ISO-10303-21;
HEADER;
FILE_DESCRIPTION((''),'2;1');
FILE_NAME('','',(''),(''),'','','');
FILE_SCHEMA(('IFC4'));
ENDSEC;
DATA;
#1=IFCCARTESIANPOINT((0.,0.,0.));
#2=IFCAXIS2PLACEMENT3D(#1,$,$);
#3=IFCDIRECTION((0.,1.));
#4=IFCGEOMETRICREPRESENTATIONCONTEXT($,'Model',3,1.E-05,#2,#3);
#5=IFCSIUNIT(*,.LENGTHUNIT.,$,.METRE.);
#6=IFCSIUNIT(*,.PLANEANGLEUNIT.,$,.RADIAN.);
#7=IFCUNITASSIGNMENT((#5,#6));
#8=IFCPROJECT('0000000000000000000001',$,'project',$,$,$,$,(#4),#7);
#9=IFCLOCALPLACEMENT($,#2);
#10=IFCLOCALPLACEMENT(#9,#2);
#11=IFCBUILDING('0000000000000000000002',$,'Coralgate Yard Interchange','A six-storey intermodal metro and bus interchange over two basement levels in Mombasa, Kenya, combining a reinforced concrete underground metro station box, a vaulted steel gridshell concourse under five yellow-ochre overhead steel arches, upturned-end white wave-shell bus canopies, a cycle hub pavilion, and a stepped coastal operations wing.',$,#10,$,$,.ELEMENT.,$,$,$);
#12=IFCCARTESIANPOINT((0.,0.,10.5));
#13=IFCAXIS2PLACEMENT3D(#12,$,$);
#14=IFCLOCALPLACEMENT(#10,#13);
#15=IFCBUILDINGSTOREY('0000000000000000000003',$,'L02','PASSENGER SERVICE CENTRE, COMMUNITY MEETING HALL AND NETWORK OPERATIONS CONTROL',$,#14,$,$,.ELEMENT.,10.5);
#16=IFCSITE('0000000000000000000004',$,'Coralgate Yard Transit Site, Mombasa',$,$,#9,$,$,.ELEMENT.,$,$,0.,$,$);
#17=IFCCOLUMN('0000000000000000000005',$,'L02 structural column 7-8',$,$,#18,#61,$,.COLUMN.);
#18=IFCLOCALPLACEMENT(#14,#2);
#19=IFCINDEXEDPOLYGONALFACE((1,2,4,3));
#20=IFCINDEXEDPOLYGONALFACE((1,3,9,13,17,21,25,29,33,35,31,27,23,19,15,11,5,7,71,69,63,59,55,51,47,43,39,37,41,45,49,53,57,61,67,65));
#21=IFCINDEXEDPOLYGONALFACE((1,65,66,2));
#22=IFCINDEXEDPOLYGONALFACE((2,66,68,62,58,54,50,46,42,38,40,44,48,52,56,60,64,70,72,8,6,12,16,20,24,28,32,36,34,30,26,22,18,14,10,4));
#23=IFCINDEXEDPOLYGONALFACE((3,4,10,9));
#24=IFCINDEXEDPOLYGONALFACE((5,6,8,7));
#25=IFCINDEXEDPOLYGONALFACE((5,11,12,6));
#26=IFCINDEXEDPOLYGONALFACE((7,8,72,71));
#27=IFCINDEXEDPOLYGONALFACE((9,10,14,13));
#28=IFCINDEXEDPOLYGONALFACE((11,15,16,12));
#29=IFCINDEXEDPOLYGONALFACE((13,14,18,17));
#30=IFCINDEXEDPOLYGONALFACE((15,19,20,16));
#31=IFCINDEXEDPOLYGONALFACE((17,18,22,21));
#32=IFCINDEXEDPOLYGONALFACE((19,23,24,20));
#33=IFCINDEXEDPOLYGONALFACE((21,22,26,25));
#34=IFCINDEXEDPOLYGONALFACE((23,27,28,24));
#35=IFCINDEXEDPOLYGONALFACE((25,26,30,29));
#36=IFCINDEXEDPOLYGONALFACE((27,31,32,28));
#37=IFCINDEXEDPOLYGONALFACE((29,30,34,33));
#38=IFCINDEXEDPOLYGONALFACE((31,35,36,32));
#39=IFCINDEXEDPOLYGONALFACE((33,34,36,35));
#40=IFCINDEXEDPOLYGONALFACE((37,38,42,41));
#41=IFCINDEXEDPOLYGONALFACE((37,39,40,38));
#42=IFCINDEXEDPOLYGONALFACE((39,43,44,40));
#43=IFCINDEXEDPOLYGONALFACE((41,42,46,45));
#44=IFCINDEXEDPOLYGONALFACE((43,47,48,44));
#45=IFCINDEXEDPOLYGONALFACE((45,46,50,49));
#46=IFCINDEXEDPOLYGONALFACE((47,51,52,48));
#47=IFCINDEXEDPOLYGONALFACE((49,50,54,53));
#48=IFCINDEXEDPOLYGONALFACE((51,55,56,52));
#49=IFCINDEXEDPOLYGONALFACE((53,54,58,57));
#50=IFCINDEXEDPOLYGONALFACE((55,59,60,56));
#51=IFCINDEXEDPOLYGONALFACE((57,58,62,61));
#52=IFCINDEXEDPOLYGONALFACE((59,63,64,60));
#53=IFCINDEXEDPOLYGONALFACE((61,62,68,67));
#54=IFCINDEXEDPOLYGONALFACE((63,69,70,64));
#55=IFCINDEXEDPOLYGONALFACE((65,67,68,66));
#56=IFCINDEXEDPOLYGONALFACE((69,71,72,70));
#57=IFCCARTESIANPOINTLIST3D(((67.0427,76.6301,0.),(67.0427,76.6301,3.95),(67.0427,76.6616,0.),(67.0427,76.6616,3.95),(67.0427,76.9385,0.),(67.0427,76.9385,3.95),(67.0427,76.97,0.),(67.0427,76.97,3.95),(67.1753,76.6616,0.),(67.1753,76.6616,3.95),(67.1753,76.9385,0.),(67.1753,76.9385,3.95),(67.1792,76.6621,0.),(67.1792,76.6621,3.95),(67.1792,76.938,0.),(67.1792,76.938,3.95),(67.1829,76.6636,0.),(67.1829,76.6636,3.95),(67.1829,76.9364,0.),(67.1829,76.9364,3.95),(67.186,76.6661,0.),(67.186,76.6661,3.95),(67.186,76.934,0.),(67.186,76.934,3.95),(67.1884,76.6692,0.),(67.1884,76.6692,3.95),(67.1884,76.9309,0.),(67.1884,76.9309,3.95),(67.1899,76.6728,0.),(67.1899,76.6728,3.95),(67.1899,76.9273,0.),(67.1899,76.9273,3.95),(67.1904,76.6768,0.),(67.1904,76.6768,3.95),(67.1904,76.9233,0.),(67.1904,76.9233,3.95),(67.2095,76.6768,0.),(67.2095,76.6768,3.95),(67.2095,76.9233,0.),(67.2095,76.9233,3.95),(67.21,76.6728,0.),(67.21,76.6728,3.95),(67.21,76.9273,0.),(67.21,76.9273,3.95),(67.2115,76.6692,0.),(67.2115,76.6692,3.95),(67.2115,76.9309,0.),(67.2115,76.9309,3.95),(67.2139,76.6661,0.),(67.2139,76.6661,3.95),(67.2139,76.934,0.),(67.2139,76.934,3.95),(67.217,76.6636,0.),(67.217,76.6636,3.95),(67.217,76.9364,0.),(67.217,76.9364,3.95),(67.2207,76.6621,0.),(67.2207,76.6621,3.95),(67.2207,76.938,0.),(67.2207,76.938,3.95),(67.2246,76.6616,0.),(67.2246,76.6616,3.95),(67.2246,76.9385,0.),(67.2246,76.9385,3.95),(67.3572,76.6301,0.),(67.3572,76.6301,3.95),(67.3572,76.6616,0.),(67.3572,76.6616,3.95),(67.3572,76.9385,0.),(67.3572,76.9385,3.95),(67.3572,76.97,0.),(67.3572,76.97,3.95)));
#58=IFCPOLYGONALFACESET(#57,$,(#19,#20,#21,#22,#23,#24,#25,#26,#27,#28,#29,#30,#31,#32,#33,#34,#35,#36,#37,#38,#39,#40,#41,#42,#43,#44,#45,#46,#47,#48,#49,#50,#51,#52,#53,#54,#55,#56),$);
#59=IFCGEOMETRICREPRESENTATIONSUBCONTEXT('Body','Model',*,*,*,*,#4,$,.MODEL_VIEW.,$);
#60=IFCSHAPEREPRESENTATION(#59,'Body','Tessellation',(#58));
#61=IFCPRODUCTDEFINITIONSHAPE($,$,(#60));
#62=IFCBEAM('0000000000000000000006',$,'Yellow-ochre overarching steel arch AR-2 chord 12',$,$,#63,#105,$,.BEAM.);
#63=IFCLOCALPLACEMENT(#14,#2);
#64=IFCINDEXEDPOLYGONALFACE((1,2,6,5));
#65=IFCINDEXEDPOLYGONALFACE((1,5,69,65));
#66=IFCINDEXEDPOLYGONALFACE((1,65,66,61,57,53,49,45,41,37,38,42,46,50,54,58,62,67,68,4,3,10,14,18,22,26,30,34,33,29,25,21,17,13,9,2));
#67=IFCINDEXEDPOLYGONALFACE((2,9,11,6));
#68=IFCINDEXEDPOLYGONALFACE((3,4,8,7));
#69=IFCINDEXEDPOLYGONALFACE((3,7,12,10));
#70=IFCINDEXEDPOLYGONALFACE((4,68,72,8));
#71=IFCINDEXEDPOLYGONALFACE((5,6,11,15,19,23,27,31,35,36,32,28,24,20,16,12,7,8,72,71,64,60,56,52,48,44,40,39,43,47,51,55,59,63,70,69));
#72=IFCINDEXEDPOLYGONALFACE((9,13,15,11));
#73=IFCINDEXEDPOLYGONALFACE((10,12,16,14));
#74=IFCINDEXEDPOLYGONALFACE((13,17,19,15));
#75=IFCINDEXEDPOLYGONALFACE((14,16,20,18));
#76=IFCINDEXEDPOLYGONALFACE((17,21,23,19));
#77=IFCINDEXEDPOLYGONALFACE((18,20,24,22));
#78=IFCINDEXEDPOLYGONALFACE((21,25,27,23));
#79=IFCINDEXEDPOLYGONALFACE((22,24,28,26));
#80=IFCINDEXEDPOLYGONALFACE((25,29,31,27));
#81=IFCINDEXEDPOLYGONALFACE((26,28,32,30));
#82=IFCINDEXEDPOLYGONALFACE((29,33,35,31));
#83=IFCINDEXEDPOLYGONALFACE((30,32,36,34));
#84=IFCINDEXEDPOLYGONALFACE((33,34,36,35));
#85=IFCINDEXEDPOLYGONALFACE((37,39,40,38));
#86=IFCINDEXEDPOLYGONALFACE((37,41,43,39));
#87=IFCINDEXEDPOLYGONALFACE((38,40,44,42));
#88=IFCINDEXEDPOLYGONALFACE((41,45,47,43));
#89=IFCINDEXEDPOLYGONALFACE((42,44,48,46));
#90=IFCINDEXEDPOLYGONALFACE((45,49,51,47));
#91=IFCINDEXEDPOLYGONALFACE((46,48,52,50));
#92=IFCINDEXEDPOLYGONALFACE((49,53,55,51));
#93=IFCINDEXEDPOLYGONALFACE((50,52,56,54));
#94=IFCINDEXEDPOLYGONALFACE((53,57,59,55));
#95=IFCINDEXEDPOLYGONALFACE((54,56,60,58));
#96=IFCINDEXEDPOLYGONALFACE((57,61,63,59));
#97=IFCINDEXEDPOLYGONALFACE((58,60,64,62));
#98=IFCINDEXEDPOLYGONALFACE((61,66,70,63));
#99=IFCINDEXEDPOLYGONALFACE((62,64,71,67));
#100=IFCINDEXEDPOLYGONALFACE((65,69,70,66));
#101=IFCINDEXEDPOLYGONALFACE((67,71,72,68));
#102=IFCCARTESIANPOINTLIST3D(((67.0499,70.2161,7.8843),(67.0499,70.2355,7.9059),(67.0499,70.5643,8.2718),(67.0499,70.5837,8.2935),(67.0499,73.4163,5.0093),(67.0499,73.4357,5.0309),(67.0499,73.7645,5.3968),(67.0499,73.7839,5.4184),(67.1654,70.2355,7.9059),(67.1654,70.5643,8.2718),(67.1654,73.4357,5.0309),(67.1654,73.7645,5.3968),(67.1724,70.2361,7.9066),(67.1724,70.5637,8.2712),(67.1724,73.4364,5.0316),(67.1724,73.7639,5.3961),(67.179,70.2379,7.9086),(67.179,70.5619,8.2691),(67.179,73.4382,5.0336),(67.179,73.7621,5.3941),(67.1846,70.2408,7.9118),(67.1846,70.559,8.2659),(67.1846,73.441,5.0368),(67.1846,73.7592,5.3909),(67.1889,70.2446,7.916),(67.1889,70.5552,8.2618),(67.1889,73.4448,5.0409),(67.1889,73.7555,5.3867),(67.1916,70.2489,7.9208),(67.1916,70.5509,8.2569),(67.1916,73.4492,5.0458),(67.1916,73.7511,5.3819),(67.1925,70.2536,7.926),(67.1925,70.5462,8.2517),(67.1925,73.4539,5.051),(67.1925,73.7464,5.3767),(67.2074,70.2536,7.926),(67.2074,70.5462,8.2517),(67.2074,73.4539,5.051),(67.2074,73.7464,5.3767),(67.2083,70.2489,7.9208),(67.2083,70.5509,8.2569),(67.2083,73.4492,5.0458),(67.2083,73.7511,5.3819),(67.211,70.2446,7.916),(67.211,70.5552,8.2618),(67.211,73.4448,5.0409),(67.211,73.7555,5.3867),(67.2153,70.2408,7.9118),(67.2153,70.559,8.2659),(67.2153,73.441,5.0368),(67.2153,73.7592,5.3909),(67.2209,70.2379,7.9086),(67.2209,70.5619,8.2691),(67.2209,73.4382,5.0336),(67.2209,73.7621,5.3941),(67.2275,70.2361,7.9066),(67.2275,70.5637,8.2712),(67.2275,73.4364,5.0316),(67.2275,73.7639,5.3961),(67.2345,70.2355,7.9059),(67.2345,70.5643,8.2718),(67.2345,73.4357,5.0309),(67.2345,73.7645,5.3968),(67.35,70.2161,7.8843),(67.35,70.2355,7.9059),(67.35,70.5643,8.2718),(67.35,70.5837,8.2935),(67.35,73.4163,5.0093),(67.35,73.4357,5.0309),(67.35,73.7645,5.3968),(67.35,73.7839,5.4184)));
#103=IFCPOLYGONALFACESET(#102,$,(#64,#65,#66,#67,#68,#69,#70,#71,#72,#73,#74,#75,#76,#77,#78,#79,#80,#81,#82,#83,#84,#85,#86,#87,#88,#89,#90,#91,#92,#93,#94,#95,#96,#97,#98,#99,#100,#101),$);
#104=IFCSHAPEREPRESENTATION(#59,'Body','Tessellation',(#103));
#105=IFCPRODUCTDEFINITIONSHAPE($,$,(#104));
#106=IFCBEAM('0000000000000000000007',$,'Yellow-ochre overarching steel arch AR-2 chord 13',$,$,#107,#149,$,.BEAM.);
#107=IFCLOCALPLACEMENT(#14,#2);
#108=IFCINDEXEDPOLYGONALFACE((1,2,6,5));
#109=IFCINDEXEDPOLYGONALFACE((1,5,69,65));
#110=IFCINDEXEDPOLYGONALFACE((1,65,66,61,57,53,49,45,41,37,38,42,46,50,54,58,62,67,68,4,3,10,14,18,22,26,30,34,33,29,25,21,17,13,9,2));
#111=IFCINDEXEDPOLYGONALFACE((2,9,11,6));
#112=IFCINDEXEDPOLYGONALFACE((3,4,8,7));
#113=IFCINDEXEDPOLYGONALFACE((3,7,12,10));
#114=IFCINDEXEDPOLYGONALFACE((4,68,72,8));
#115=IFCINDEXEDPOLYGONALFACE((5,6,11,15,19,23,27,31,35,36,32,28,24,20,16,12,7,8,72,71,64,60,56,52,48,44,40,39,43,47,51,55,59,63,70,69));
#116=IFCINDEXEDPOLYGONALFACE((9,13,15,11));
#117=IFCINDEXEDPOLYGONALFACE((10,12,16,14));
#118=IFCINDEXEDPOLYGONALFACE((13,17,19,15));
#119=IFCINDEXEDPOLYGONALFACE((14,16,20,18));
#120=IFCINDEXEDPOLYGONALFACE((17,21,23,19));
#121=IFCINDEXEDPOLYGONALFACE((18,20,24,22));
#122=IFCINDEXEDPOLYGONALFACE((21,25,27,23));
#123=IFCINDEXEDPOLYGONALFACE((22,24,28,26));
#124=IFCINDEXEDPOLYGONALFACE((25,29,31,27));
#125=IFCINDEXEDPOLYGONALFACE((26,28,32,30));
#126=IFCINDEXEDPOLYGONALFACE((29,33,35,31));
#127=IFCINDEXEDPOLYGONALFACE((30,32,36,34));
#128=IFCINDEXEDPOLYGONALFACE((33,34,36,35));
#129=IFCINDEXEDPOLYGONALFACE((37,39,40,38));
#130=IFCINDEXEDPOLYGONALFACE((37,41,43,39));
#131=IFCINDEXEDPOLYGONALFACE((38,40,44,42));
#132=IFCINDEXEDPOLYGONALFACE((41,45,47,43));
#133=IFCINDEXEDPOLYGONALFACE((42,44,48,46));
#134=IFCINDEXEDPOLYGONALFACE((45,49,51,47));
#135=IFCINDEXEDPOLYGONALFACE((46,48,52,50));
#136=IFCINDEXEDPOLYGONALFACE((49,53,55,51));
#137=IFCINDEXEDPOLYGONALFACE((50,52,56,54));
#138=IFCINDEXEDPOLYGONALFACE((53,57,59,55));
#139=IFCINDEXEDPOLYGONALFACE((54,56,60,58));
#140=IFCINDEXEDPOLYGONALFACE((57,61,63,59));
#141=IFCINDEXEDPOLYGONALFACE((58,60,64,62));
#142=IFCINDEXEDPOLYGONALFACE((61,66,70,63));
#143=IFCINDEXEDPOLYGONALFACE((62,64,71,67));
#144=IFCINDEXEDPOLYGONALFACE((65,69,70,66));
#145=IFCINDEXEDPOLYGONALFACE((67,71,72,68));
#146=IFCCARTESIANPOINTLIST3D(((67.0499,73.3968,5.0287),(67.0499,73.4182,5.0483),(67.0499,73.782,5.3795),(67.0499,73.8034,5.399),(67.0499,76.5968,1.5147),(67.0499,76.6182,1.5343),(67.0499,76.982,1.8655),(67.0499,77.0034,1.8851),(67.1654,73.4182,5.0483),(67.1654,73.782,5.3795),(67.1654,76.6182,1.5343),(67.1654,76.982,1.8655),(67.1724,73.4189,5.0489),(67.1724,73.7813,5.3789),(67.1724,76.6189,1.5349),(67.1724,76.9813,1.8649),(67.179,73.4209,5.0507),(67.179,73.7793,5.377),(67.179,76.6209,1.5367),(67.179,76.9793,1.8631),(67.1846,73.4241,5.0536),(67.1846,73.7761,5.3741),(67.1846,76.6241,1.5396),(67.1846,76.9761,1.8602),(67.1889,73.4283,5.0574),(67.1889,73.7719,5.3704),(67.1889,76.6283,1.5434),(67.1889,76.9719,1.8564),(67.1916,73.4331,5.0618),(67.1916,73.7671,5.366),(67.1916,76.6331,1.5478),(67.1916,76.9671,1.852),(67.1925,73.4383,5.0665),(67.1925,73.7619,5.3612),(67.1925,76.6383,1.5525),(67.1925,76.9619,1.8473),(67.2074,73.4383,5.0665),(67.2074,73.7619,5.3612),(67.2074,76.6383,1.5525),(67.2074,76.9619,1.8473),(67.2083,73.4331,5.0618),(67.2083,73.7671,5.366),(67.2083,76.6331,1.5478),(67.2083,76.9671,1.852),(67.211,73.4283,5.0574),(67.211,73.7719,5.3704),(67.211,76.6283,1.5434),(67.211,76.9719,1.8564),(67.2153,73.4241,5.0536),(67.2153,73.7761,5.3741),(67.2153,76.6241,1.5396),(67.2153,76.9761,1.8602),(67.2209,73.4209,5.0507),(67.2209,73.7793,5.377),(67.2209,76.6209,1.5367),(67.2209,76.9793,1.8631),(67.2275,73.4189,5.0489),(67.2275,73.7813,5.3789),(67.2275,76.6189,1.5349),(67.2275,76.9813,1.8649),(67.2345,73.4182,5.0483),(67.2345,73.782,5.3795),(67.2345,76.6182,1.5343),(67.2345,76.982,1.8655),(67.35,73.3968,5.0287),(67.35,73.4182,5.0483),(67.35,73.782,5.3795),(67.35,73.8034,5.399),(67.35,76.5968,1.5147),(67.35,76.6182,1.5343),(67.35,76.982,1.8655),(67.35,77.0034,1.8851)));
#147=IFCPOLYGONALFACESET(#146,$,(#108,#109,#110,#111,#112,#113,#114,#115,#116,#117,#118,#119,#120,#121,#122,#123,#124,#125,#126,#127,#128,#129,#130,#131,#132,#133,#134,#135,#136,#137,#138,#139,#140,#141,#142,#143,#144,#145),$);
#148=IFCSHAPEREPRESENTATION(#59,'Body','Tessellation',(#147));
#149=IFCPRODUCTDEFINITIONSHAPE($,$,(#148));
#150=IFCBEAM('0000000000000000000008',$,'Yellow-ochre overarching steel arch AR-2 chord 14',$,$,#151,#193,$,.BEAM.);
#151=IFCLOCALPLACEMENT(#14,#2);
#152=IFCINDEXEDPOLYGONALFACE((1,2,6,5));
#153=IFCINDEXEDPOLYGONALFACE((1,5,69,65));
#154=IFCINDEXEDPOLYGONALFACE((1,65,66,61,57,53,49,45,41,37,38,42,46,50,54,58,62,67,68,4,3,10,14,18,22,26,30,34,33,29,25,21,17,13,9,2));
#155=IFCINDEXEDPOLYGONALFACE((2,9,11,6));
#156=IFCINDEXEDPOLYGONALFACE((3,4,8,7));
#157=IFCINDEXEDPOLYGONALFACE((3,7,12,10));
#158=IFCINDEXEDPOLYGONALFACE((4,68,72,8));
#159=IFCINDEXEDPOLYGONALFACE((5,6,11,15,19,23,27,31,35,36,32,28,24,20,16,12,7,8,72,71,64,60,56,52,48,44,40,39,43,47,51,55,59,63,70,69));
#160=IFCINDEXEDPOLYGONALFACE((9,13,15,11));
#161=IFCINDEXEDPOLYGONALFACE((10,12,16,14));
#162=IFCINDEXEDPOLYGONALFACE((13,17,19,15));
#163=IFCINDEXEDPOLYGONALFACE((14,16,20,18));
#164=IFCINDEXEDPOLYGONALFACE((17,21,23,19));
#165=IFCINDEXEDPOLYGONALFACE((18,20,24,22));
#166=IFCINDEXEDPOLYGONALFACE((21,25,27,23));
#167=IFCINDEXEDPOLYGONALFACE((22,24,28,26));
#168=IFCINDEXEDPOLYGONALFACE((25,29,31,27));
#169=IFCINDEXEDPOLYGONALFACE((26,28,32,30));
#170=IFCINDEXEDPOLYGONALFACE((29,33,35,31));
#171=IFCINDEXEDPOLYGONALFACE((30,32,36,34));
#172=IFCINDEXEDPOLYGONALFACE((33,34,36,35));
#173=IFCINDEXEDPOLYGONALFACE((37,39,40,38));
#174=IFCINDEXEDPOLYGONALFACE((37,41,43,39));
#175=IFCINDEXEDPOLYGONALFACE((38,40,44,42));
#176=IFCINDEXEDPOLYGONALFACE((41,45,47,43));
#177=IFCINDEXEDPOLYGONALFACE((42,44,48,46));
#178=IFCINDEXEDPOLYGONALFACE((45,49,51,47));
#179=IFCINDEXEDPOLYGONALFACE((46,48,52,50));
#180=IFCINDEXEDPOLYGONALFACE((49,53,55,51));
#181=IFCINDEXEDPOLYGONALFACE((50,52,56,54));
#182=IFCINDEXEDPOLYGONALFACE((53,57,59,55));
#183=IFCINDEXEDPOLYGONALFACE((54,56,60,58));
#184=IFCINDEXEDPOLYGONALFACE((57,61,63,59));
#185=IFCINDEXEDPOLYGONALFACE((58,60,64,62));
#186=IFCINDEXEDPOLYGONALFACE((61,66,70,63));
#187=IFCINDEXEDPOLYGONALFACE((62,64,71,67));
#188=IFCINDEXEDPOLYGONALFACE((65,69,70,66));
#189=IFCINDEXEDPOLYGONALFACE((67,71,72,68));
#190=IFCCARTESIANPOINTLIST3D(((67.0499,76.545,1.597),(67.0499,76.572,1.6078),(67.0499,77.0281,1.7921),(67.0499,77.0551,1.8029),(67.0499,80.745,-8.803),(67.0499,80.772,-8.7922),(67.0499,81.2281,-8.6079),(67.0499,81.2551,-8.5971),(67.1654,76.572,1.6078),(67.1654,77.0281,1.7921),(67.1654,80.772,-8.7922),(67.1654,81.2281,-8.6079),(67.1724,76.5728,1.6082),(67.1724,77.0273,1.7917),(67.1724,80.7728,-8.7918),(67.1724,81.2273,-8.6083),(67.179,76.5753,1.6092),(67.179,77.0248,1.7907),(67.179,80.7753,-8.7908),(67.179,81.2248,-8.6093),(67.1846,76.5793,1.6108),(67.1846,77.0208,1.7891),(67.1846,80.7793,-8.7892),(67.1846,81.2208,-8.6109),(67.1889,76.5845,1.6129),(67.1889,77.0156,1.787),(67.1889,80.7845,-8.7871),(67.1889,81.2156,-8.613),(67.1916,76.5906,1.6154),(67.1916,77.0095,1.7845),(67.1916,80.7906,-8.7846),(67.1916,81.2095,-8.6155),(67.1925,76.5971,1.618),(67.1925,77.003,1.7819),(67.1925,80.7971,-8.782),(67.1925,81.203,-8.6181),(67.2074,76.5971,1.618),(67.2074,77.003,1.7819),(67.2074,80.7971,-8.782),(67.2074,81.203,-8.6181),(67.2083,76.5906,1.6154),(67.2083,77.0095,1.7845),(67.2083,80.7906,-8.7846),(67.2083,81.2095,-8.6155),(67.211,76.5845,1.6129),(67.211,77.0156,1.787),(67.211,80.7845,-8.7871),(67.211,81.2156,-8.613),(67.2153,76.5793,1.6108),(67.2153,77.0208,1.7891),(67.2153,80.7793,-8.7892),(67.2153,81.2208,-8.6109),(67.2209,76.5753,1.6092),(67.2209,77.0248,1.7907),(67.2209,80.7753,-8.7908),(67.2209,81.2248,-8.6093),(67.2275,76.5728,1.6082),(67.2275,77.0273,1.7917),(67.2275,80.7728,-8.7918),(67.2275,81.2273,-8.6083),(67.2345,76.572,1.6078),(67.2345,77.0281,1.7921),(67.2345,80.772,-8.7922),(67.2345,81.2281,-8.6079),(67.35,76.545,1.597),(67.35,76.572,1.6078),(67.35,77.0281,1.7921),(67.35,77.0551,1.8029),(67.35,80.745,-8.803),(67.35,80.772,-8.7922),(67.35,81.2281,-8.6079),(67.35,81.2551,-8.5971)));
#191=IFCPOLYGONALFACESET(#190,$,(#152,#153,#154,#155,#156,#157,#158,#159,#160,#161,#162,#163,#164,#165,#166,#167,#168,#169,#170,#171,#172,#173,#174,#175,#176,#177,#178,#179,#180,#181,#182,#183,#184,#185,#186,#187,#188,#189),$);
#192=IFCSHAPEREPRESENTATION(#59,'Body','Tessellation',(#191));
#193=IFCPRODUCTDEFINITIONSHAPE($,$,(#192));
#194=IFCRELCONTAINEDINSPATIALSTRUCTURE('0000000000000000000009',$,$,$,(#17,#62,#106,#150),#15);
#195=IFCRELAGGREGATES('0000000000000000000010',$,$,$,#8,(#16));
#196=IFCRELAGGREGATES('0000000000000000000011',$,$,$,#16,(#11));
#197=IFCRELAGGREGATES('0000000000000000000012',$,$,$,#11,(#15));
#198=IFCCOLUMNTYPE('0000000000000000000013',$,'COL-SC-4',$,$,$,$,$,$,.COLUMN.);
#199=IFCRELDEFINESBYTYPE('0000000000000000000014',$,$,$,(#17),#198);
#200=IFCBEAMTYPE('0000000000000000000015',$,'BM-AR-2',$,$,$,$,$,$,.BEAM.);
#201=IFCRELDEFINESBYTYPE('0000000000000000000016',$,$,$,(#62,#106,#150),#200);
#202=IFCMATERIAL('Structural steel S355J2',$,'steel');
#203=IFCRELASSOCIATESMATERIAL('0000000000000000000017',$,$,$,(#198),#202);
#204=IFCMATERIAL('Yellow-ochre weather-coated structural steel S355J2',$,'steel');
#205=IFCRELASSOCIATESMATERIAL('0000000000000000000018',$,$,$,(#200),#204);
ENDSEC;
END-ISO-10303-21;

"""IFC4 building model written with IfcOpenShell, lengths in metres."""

from ifc_helpers import new_model, si_unit, direction, frame, origin, origin_2d, place, context, subcontext, project, spatial, i_section, extrude, material, material_profile, profile_set, type_object, element, save


model = new_model("IFC4")

# Units and contexts
model_context = context("Model", 3, precision=1e-05, world=origin(), true_north=direction((0.0, 1.0)))
body_context = subcontext(model_context, "Body", "Model", "MODEL_VIEW")
ifc_project = project(units=[si_unit("LENGTHUNIT", "METRE"), si_unit("PLANEANGLEUNIT", "RADIAN")], contexts=[model_context])

# Site, building, storey
site_placement = place(None, origin())
site = spatial("IfcSite", under=ifc_project, at=site_placement, Name="Coralgate Yard Transit Site, Mombasa", CompositionType="ELEMENT", RefElevation=0.0)
building_placement = place(site_placement, origin())
building = spatial("IfcBuilding", under=site, at=building_placement, Name="Coralgate Yard Interchange", Description="A six-storey intermodal metro and bus interchange over two basement levels in Mombasa, Kenya, combining a reinforced concrete underground metro station box, a vaulted steel gridshell concourse under five yellow-ochre overhead steel arches, upturned-end white wave-shell bus canopies, a cycle hub pavilion, and a stepped coastal operations wing.", CompositionType="ELEMENT")
storey_placement = place(building_placement, frame((0.0, 0.0, 10.5)))
storey = spatial("IfcBuildingStorey", under=building, at=storey_placement, Name="L02", Description="PASSENGER SERVICE CENTRE, COMMUNITY MEETING HALL AND NETWORK OPERATIONS CONTROL", CompositionType="ELEMENT", Elevation=10.5)

# Column
ifc_material_1 = material(Name="Structural steel S355J2", Category="steel")
ifc_material_profile_1 = material_profile(ifc_material_1, i_section(OverallWidth=0.3145, OverallDepth=0.3398, WebThickness=0.019, FlangeThickness=0.0315, FilletRadius=0.0151, at=origin_2d()), Name="UC 305x305x198")
ifc_profile_set_1 = profile_set([ifc_material_profile_1], Name="Structural steel S355J2")
column_type = type_object("IfcColumnType", Name="COL-SC-4", PredefinedType="COLUMN", material=ifc_profile_set_1)
column_placement = place(storey_placement, frame((67.2, 76.8, 0.0), z_axis=(0.0, 0.0, 1.0), x_axis=(1.0, 0.0, 0.0)))
element("IfcColumn", 1, at=column_placement, inside=storey, type_object=column_type, Name="L02 structural column 7-8", PredefinedType="COLUMN", context=body_context, shape_type="SweptSolid", body=[
    extrude(i_section(OverallWidth=0.3145, OverallDepth=0.3398, WebThickness=0.019, FlangeThickness=0.0315, FilletRadius=0.0151, at=origin_2d()), origin(), (0.0, 0.0, 1.0), 3.95),
])

# Beams
ifc_material_2 = material(Name="Yellow-ochre weather-coated structural steel S355J2", Category="steel")
ifc_material_profile_2 = material_profile(ifc_material_2, i_section(OverallWidth=0.3, OverallDepth=0.55, WebThickness=0.0149, FlangeThickness=0.0291, FilletRadius=0.0271, at=origin_2d()), Name="HEB 550")
ifc_profile_set_2 = profile_set([ifc_material_profile_2], Name="Yellow-ochre weather-coated structural steel S355J2")
beam_type_1 = type_object("IfcBeamType", Name="BM-AR-2", PredefinedType="BEAM", material=ifc_profile_set_2)
beam_1_placement = place(storey_placement, frame((67.2, 70.3999, 8.0889), z_axis=(0.0, 0.743892, -0.6683), x_axis=(-1.0, 0.0, 0.0)))
element("IfcBeam", 2, at=beam_1_placement, inside=storey, type_object=beam_type_1, Name="Yellow-ochre overarching steel arch AR-2 chord 12", PredefinedType="BEAM", context=body_context, shape_type="SweptSolid", body=[
    extrude(i_section(OverallWidth=0.3, OverallDepth=0.55, WebThickness=0.0149, FlangeThickness=0.0291, FilletRadius=0.0271, at=origin_2d()), origin(), (0.0, 0.0, 1.0), 4.302),
])
beam_2_placement = place(storey_placement, frame((67.2, 73.6001, 5.2139), z_axis=(0.0, 0.673304, -0.739366), x_axis=(-1.0, 0.0, 0.0)))
element("IfcBeam", 3, at=beam_2_placement, inside=storey, type_object=beam_type_1, Name="Yellow-ochre overarching steel arch AR-2 chord 13", PredefinedType="BEAM", context=body_context, shape_type="SweptSolid", body=[
    extrude(i_section(OverallWidth=0.3, OverallDepth=0.55, WebThickness=0.0149, FlangeThickness=0.0291, FilletRadius=0.0271, at=origin_2d()), origin(), (0.0, 0.0, 1.0), 4.7527),
])
beam_3_placement = place(storey_placement, frame((67.2, 76.8, 1.7), z_axis=(0.0, 0.374462, -0.927242), x_axis=(-1.0, 0.0, 0.0)))
element("IfcBeam", 4, at=beam_3_placement, inside=storey, type_object=beam_type_1, Name="Yellow-ochre overarching steel arch AR-2 chord 14", PredefinedType="BEAM", context=body_context, shape_type="SweptSolid", body=[
    extrude(i_section(OverallWidth=0.3, OverallDepth=0.55, WebThickness=0.0149, FlangeThickness=0.0291, FilletRadius=0.0271, at=origin_2d()), origin(), (0.0, 0.0, 1.0), 11.2161),
])

save(model, "model.ifc")
